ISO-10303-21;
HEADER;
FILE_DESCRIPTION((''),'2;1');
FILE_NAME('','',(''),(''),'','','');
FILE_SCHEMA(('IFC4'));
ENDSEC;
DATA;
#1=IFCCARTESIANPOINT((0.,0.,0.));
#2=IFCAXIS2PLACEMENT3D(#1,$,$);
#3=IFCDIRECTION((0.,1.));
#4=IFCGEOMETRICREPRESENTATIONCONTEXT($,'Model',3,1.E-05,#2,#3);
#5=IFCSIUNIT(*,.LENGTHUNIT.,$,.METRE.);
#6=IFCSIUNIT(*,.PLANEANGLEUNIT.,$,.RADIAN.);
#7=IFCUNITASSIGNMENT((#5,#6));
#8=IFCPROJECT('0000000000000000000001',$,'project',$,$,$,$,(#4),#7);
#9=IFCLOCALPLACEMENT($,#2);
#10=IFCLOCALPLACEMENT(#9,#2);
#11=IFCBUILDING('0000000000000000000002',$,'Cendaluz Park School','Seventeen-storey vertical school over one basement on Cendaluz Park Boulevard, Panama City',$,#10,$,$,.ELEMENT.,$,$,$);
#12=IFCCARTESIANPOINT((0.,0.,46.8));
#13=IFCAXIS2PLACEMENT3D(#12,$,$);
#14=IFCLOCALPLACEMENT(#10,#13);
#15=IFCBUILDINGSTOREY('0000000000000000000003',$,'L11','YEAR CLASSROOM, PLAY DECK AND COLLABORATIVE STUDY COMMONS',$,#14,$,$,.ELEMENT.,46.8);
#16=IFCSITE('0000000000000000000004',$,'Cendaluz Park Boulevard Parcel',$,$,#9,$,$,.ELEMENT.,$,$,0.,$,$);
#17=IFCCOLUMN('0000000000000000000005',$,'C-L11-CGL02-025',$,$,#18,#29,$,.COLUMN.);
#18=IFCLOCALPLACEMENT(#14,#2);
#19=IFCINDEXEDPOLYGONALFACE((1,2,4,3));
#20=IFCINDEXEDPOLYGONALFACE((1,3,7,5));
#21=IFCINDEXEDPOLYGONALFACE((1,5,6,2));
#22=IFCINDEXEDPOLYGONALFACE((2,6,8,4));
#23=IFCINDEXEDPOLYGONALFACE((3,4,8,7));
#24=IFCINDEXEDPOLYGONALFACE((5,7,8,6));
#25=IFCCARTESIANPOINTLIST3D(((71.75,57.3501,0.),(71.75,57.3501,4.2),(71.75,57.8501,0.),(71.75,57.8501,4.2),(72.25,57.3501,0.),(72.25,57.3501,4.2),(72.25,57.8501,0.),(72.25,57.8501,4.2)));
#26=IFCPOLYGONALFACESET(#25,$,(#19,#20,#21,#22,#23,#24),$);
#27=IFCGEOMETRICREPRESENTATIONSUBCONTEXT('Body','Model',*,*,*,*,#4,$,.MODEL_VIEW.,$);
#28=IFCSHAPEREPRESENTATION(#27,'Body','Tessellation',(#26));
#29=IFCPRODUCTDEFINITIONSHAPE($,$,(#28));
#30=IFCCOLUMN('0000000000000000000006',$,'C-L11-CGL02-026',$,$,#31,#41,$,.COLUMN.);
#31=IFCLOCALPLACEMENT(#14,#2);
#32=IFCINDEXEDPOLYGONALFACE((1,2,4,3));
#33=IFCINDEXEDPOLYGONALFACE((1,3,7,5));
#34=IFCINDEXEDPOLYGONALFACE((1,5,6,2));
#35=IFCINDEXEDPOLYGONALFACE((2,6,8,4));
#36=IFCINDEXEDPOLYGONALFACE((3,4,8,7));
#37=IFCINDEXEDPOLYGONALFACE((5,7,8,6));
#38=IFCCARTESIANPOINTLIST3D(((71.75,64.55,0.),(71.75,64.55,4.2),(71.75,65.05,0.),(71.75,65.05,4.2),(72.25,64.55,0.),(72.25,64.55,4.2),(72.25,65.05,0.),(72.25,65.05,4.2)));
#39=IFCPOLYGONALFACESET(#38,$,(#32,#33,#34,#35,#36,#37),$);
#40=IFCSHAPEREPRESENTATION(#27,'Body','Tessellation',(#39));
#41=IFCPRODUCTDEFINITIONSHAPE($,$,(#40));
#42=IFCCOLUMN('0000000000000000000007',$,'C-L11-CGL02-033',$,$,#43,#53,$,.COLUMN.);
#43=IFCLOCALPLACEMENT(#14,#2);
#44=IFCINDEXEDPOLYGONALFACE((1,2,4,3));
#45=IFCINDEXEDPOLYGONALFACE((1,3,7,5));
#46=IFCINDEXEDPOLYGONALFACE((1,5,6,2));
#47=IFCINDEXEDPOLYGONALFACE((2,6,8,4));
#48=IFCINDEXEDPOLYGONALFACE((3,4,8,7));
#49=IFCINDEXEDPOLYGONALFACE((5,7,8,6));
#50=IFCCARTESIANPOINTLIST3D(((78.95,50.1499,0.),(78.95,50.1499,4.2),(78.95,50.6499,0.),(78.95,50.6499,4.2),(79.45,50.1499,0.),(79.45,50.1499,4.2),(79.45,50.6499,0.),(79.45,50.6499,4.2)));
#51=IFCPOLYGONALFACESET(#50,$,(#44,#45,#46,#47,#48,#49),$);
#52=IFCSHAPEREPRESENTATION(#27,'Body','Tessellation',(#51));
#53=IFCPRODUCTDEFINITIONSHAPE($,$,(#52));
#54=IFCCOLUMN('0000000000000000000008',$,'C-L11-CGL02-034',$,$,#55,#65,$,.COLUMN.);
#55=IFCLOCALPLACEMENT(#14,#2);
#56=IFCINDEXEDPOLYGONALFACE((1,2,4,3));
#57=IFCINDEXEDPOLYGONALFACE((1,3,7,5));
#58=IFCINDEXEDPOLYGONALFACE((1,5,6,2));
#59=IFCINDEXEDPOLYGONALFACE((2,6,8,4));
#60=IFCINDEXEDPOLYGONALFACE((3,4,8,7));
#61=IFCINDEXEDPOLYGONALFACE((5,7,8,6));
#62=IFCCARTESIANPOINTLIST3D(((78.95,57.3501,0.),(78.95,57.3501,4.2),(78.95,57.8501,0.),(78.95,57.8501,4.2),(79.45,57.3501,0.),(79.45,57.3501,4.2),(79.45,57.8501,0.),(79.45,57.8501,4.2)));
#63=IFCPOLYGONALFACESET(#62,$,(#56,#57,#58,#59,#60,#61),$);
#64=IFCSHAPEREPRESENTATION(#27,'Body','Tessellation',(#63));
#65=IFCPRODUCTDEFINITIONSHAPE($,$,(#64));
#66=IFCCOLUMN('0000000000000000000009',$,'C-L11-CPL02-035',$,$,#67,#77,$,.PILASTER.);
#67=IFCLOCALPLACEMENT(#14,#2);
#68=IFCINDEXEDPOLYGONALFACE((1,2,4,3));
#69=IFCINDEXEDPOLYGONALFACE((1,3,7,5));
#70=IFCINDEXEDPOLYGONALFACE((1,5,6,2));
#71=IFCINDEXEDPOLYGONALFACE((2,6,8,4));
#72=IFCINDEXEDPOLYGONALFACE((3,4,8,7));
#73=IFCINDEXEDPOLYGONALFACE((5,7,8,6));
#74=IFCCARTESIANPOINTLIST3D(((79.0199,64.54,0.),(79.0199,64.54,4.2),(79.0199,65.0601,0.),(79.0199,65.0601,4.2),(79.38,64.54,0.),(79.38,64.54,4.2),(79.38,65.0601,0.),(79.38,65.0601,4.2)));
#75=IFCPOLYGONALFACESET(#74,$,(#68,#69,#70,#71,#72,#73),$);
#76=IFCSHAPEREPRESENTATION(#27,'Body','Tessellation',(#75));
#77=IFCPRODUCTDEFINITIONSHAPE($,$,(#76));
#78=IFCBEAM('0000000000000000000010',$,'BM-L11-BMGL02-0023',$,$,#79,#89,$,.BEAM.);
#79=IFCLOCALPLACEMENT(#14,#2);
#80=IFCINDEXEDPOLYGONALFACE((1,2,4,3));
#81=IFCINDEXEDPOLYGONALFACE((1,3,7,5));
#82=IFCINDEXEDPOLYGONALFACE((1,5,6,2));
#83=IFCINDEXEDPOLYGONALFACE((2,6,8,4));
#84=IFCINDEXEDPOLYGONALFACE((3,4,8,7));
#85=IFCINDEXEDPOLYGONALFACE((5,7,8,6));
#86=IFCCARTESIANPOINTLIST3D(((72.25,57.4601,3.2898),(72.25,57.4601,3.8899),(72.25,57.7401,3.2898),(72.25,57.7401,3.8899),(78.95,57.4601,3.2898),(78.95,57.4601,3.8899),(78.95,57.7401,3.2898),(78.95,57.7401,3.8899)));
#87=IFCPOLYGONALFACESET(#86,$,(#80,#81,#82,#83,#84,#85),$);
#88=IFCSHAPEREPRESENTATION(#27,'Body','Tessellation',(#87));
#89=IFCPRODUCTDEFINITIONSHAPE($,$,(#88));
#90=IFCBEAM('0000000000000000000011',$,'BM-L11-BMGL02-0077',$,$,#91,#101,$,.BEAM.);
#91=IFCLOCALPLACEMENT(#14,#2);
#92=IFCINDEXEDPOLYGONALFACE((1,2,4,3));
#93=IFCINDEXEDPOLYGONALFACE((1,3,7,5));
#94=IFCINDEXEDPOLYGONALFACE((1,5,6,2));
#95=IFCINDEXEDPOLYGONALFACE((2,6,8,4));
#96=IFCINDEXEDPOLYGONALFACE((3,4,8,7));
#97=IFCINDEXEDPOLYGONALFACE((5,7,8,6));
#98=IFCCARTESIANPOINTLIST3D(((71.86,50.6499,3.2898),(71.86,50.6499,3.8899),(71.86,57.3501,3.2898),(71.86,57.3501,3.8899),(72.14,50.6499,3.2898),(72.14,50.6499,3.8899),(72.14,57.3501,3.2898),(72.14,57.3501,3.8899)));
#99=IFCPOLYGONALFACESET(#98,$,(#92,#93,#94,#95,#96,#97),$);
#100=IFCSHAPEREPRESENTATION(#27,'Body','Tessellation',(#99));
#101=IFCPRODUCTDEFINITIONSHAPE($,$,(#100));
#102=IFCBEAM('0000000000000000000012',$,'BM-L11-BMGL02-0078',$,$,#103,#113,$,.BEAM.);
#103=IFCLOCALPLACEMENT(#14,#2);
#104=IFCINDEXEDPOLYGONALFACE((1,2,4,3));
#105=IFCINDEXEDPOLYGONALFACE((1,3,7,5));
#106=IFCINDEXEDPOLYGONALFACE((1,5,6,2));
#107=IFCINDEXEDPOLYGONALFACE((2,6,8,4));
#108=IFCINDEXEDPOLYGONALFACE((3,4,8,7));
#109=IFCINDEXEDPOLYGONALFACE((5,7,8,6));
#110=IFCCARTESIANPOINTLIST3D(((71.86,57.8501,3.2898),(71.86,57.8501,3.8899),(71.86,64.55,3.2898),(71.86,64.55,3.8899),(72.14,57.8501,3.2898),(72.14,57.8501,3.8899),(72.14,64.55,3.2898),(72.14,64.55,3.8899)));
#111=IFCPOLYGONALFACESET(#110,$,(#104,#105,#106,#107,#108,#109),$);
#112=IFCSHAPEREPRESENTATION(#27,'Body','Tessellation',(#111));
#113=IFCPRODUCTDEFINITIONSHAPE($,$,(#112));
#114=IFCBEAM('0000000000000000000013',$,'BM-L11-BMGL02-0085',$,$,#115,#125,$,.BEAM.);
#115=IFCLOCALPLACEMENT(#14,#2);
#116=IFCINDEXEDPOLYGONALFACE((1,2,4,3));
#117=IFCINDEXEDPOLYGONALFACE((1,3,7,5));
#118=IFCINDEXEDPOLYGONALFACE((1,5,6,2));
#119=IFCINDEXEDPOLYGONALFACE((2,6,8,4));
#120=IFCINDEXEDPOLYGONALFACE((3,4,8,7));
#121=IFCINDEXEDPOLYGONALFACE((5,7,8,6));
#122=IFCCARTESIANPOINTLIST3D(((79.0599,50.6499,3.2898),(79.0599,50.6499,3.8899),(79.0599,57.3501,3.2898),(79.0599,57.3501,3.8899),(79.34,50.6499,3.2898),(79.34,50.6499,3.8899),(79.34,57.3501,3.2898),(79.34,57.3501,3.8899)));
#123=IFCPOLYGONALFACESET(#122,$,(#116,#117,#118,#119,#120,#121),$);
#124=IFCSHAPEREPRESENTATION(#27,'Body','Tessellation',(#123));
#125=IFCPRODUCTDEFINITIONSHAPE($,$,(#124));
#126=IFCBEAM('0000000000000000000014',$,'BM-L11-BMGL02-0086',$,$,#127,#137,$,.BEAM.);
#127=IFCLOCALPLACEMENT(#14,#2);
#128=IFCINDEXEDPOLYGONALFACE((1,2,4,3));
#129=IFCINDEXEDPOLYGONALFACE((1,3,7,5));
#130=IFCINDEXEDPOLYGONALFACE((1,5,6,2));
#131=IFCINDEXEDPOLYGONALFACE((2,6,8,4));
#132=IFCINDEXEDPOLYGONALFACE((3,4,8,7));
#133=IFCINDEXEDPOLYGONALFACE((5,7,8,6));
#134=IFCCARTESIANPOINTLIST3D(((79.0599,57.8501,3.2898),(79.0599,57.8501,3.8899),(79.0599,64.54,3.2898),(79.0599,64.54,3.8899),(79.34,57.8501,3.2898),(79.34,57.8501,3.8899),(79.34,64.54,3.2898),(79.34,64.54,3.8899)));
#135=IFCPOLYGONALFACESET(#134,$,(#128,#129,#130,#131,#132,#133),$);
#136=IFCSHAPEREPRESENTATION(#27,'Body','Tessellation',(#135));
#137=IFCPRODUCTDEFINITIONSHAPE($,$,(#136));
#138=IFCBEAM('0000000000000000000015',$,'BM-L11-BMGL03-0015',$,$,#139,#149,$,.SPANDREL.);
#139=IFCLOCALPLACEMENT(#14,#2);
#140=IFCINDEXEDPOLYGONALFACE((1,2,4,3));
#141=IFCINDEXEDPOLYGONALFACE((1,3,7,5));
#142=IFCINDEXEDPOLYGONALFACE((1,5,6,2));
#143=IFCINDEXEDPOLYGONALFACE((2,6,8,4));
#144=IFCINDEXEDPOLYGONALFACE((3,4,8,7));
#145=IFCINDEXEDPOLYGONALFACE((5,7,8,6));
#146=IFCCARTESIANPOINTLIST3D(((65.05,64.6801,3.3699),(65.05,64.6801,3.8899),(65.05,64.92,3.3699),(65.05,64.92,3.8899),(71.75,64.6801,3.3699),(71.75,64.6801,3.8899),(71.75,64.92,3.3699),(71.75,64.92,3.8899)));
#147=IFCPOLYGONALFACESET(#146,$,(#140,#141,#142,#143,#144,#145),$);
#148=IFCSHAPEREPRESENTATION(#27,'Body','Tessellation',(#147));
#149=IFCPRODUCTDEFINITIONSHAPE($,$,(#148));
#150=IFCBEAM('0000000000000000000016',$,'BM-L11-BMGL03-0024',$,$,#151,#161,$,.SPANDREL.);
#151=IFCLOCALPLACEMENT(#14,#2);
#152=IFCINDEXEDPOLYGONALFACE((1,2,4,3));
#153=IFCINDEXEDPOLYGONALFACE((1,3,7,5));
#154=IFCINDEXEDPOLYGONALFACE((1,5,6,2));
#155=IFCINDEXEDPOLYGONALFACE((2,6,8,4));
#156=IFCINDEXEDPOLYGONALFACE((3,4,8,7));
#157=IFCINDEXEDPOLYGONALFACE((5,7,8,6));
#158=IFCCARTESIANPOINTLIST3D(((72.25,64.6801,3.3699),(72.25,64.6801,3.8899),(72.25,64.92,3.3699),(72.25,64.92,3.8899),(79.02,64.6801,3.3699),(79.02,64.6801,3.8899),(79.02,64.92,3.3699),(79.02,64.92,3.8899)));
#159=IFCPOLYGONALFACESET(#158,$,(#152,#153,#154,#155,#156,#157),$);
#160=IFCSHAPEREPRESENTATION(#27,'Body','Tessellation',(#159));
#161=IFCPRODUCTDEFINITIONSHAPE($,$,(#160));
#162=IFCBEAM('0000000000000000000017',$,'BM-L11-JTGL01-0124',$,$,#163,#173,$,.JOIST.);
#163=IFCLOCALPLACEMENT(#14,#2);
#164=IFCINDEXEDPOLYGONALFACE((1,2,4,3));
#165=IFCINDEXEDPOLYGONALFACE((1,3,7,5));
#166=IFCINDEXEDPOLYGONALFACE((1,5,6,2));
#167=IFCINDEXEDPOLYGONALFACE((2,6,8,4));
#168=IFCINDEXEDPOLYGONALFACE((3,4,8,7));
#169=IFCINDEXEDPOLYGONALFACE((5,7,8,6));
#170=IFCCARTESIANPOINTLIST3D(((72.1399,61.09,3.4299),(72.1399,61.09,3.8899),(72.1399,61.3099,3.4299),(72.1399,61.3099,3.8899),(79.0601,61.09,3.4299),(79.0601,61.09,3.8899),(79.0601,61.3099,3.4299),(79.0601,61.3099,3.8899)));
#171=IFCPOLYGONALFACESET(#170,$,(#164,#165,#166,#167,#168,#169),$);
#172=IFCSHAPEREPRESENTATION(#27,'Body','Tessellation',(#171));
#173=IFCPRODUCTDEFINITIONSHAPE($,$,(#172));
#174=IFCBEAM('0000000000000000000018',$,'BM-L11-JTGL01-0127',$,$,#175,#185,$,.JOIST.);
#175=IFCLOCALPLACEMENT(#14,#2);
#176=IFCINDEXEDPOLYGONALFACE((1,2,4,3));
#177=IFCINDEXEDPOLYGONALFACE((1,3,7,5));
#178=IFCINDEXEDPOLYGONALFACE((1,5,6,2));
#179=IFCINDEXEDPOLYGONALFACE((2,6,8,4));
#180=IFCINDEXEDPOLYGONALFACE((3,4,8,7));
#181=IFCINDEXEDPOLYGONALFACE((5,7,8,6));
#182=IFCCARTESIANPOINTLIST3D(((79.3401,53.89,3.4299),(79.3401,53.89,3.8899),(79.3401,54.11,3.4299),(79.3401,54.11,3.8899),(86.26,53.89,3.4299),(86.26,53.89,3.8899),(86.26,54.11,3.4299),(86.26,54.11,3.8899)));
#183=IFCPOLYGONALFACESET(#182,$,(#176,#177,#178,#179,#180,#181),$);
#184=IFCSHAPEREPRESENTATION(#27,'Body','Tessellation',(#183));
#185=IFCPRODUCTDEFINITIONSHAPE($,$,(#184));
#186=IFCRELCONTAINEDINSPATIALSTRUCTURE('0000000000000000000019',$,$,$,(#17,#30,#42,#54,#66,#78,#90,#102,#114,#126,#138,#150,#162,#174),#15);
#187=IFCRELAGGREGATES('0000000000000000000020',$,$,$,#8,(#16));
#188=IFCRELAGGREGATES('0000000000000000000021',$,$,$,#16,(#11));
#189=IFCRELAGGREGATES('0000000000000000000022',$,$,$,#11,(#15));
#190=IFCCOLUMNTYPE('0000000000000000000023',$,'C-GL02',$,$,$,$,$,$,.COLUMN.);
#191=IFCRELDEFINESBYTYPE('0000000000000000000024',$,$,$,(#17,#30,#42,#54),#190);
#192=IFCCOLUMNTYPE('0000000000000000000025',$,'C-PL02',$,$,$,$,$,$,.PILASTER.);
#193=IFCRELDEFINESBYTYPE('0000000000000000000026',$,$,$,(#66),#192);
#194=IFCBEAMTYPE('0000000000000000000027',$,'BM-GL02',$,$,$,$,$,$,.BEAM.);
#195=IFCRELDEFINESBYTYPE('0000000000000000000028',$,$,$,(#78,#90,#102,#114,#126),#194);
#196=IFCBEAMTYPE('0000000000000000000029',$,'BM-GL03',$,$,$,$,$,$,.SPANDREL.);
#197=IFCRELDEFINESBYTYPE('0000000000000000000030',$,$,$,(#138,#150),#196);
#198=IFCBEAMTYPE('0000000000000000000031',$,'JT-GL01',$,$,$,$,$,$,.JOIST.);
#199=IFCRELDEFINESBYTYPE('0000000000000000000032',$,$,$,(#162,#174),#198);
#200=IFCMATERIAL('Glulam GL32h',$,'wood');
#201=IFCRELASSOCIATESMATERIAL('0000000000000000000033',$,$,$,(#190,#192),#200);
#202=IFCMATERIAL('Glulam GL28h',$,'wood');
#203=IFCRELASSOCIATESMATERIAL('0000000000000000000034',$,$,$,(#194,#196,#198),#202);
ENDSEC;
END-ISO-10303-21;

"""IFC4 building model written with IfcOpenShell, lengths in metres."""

from ifc_helpers import new_model, si_unit, direction, frame, origin, origin_2d, place, context, subcontext, project, spatial, rectangle, extrude, material, material_profile, profile_set, type_object, element, save


model = new_model("IFC4")

# Units and contexts
model_context = context("Model", 3, precision=1e-05, world=origin(), true_north=direction((0.0, 1.0)))
body_context = subcontext(model_context, "Body", "Model", "MODEL_VIEW")
ifc_project = project(units=[si_unit("LENGTHUNIT", "METRE"), si_unit("PLANEANGLEUNIT", "RADIAN")], contexts=[model_context])

# Site, building, storey
site_placement = place(None, origin())
site = spatial("IfcSite", under=ifc_project, at=site_placement, Name="Cendaluz Park Boulevard Parcel", CompositionType="ELEMENT", RefElevation=0.0)
building_placement = place(site_placement, origin())
building = spatial("IfcBuilding", under=site, at=building_placement, Name="Cendaluz Park School", Description="Seventeen-storey vertical school over one basement on Cendaluz Park Boulevard, Panama City", CompositionType="ELEMENT")
storey_placement = place(building_placement, frame((0.0, 0.0, 46.8)))
storey = spatial("IfcBuildingStorey", under=building, at=storey_placement, Name="L11", Description="YEAR CLASSROOM, PLAY DECK AND COLLABORATIVE STUDY COMMONS", CompositionType="ELEMENT", Elevation=46.8)

# Columns
ifc_material_1 = material(Name="Glulam GL32h", Category="wood")
ifc_material_profile_1 = material_profile(ifc_material_1, rectangle(XDim=0.5, YDim=0.5, at=origin_2d()), Name="GL32h 500x500", Category="wood")
ifc_profile_set_1 = profile_set([ifc_material_profile_1], Name="Glulam GL32h")
column_type_1 = type_object("IfcColumnType", Name="C-GL02", PredefinedType="COLUMN", material=ifc_profile_set_1)
for number, where, z_axis, x_axis, name in (
    (1, (72.0, 57.6001, 0.0), (0.0, 0.0, 1.0), (1.0, 0.0, 0.0), "C-L11-CGL02-025"),
    (2, (72.0, 64.8, 0.0), (0.0, 0.0, 1.0), (1.0, 0.0, 0.0), "C-L11-CGL02-026"),
    (3, (79.2, 50.3999, 0.0), (0.0, 0.0, 1.0), (1.0, 0.0, 0.0), "C-L11-CGL02-033"),
    (4, (79.2, 57.6001, 0.0), (0.0, 0.0, 1.0), (1.0, 0.0, 0.0), "C-L11-CGL02-034"),
):
    element("IfcColumn", number, at=place(storey_placement, frame(where, z_axis=z_axis, x_axis=x_axis)), inside=storey, type_object=column_type_1, Name=name, PredefinedType="COLUMN", context=body_context, shape_type="SweptSolid", body=[
        extrude(rectangle(XDim=0.5, YDim=0.5, at=origin_2d()), origin(), (0.0, 0.0, 1.0), 4.2),
    ])
ifc_material_profile_2 = material_profile(ifc_material_1, rectangle(XDim=0.3601, YDim=0.52, at=origin_2d()), Name="GL32h 360x520", Category="wood")
ifc_profile_set_2 = profile_set([ifc_material_profile_2], Name="Glulam GL32h")
column_type_2 = type_object("IfcColumnType", Name="C-PL02", PredefinedType="PILASTER", material=ifc_profile_set_2)
column_placement = place(storey_placement, frame((79.2, 64.8, 0.0), z_axis=(0.0, 0.0, 1.0), x_axis=(1.0, 0.0, 0.0)))
element("IfcColumn", 5, at=column_placement, inside=storey, type_object=column_type_2, Name="C-L11-CPL02-035", PredefinedType="PILASTER", context=body_context, shape_type="SweptSolid", body=[
    extrude(rectangle(XDim=0.3601, YDim=0.52, at=origin_2d()), origin(), (0.0, 0.0, 1.0), 4.2),
])

# Beams
ifc_material_2 = material(Name="Glulam GL28h", Category="wood")
ifc_material_profile_3 = material_profile(ifc_material_2, rectangle(XDim=0.28, YDim=0.6001, at=origin_2d()), Name="GL28h 280x600", Category="wood")
ifc_profile_set_3 = profile_set([ifc_material_profile_3], Name="Glulam GL28h")
beam_type_1 = type_object("IfcBeamType", Name="BM-GL02", PredefinedType="BEAM", material=ifc_profile_set_3)
beam_1_placement = place(storey_placement, frame((72.25, 57.6001, 3.5898), z_axis=(1.0, 0.0, 0.0), x_axis=(0.0, 1.0, 0.0)))
element("IfcBeam", 6, at=beam_1_placement, inside=storey, type_object=beam_type_1, Name="BM-L11-BMGL02-0023", PredefinedType="BEAM", context=body_context, shape_type="SweptSolid", body=[
    extrude(rectangle(XDim=0.28, YDim=0.6001, at=origin_2d()), origin(), (0.0, 0.0, 1.0), 6.7),
])
beam_2_placement = place(storey_placement, frame((72.0, 50.6499, 3.5898), z_axis=(0.0, 1.0, 0.0), x_axis=(-1.0, 0.0, 0.0)))
element("IfcBeam", 7, at=beam_2_placement, inside=storey, type_object=beam_type_1, Name="BM-L11-BMGL02-0077", PredefinedType="BEAM", context=body_context, shape_type="SweptSolid", body=[
    extrude(rectangle(XDim=0.28, YDim=0.6001, at=origin_2d()), origin(), (0.0, 0.0, 1.0), 6.7002),
])
beam_3_placement = place(storey_placement, frame((72.0, 57.8501, 3.5898), z_axis=(0.0, 1.0, 0.0), x_axis=(-1.0, 0.0, 0.0)))
element("IfcBeam", 8, at=beam_3_placement, inside=storey, type_object=beam_type_1, Name="BM-L11-BMGL02-0078", PredefinedType="BEAM", context=body_context, shape_type="SweptSolid", body=[
    extrude(rectangle(XDim=0.28, YDim=0.6001, at=origin_2d()), origin(), (0.0, 0.0, 1.0), 6.7),
])
beam_4_placement = place(storey_placement, frame((79.2, 50.6499, 3.5898), z_axis=(0.0, 1.0, 0.0), x_axis=(-1.0, 0.0, 0.0)))
element("IfcBeam", 9, at=beam_4_placement, inside=storey, type_object=beam_type_1, Name="BM-L11-BMGL02-0085", PredefinedType="BEAM", context=body_context, shape_type="SweptSolid", body=[
    extrude(rectangle(XDim=0.28, YDim=0.6001, at=origin_2d()), origin(), (0.0, 0.0, 1.0), 6.7002),
])
beam_5_placement = place(storey_placement, frame((79.2, 57.8501, 3.5898), z_axis=(0.0, 1.0, 0.0), x_axis=(-1.0, 0.0, 0.0)))
element("IfcBeam", 10, at=beam_5_placement, inside=storey, type_object=beam_type_1, Name="BM-L11-BMGL02-0086", PredefinedType="BEAM", context=body_context, shape_type="SweptSolid", body=[
    extrude(rectangle(XDim=0.28, YDim=0.6001, at=origin_2d()), origin(), (0.0, 0.0, 1.0), 6.6899),
])
ifc_material_profile_4 = material_profile(ifc_material_2, rectangle(XDim=0.24, YDim=0.52, at=origin_2d()), Name="GL28h 240x520", Category="wood")
ifc_profile_set_4 = profile_set([ifc_material_profile_4], Name="Glulam GL28h")
beam_type_2 = type_object("IfcBeamType", Name="BM-GL03", PredefinedType="SPANDREL", material=ifc_profile_set_4)
beam_6_placement = place(storey_placement, frame((65.05, 64.8, 3.6299), z_axis=(1.0, 0.0, 0.0), x_axis=(0.0, 1.0, 0.0)))
element("IfcBeam", 11, at=beam_6_placement, inside=storey, type_object=beam_type_2, Name="BM-L11-BMGL03-0015", PredefinedType="SPANDREL", context=body_context, shape_type="SweptSolid", body=[
    extrude(rectangle(XDim=0.24, YDim=0.52, at=origin_2d()), origin(), (0.0, 0.0, 1.0), 6.7),
])
beam_7_placement = place(storey_placement, frame((72.25, 64.8, 3.6299), z_axis=(1.0, 0.0, 0.0), x_axis=(0.0, 1.0, 0.0)))
element("IfcBeam", 12, at=beam_7_placement, inside=storey, type_object=beam_type_2, Name="BM-L11-BMGL03-0024", PredefinedType="SPANDREL", context=body_context, shape_type="SweptSolid", body=[
    extrude(rectangle(XDim=0.24, YDim=0.52, at=origin_2d()), origin(), (0.0, 0.0, 1.0), 6.77),
])
ifc_material_profile_5 = material_profile(ifc_material_2, rectangle(XDim=0.22, YDim=0.46, at=origin_2d()), Name="GL28h 220x460", Category="wood")
ifc_profile_set_5 = profile_set([ifc_material_profile_5], Name="Glulam GL28h")
beam_type_3 = type_object("IfcBeamType", Name="JT-GL01", PredefinedType="JOIST", material=ifc_profile_set_5)
beam_8_placement = place(storey_placement, frame((72.1399, 61.2, 3.6599), z_axis=(1.0, 0.0, 0.0), x_axis=(0.0, 1.0, 0.0)))
element("IfcBeam", 13, at=beam_8_placement, inside=storey, type_object=beam_type_3, Name="BM-L11-JTGL01-0124", PredefinedType="JOIST", context=body_context, shape_type="SweptSolid", body=[
    extrude(rectangle(XDim=0.22, YDim=0.46, at=origin_2d()), origin(), (0.0, 0.0, 1.0), 6.9202),
])
beam_9_placement = place(storey_placement, frame((79.3401, 54.0, 3.6599), z_axis=(1.0, 0.0, 0.0), x_axis=(0.0, 1.0, 0.0)))
element("IfcBeam", 14, at=beam_9_placement, inside=storey, type_object=beam_type_3, Name="BM-L11-JTGL01-0127", PredefinedType="JOIST", context=body_context, shape_type="SweptSolid", body=[
    extrude(rectangle(XDim=0.22, YDim=0.46, at=origin_2d()), origin(), (0.0, 0.0, 1.0), 6.9199),
])

save(model, "model.ifc")
